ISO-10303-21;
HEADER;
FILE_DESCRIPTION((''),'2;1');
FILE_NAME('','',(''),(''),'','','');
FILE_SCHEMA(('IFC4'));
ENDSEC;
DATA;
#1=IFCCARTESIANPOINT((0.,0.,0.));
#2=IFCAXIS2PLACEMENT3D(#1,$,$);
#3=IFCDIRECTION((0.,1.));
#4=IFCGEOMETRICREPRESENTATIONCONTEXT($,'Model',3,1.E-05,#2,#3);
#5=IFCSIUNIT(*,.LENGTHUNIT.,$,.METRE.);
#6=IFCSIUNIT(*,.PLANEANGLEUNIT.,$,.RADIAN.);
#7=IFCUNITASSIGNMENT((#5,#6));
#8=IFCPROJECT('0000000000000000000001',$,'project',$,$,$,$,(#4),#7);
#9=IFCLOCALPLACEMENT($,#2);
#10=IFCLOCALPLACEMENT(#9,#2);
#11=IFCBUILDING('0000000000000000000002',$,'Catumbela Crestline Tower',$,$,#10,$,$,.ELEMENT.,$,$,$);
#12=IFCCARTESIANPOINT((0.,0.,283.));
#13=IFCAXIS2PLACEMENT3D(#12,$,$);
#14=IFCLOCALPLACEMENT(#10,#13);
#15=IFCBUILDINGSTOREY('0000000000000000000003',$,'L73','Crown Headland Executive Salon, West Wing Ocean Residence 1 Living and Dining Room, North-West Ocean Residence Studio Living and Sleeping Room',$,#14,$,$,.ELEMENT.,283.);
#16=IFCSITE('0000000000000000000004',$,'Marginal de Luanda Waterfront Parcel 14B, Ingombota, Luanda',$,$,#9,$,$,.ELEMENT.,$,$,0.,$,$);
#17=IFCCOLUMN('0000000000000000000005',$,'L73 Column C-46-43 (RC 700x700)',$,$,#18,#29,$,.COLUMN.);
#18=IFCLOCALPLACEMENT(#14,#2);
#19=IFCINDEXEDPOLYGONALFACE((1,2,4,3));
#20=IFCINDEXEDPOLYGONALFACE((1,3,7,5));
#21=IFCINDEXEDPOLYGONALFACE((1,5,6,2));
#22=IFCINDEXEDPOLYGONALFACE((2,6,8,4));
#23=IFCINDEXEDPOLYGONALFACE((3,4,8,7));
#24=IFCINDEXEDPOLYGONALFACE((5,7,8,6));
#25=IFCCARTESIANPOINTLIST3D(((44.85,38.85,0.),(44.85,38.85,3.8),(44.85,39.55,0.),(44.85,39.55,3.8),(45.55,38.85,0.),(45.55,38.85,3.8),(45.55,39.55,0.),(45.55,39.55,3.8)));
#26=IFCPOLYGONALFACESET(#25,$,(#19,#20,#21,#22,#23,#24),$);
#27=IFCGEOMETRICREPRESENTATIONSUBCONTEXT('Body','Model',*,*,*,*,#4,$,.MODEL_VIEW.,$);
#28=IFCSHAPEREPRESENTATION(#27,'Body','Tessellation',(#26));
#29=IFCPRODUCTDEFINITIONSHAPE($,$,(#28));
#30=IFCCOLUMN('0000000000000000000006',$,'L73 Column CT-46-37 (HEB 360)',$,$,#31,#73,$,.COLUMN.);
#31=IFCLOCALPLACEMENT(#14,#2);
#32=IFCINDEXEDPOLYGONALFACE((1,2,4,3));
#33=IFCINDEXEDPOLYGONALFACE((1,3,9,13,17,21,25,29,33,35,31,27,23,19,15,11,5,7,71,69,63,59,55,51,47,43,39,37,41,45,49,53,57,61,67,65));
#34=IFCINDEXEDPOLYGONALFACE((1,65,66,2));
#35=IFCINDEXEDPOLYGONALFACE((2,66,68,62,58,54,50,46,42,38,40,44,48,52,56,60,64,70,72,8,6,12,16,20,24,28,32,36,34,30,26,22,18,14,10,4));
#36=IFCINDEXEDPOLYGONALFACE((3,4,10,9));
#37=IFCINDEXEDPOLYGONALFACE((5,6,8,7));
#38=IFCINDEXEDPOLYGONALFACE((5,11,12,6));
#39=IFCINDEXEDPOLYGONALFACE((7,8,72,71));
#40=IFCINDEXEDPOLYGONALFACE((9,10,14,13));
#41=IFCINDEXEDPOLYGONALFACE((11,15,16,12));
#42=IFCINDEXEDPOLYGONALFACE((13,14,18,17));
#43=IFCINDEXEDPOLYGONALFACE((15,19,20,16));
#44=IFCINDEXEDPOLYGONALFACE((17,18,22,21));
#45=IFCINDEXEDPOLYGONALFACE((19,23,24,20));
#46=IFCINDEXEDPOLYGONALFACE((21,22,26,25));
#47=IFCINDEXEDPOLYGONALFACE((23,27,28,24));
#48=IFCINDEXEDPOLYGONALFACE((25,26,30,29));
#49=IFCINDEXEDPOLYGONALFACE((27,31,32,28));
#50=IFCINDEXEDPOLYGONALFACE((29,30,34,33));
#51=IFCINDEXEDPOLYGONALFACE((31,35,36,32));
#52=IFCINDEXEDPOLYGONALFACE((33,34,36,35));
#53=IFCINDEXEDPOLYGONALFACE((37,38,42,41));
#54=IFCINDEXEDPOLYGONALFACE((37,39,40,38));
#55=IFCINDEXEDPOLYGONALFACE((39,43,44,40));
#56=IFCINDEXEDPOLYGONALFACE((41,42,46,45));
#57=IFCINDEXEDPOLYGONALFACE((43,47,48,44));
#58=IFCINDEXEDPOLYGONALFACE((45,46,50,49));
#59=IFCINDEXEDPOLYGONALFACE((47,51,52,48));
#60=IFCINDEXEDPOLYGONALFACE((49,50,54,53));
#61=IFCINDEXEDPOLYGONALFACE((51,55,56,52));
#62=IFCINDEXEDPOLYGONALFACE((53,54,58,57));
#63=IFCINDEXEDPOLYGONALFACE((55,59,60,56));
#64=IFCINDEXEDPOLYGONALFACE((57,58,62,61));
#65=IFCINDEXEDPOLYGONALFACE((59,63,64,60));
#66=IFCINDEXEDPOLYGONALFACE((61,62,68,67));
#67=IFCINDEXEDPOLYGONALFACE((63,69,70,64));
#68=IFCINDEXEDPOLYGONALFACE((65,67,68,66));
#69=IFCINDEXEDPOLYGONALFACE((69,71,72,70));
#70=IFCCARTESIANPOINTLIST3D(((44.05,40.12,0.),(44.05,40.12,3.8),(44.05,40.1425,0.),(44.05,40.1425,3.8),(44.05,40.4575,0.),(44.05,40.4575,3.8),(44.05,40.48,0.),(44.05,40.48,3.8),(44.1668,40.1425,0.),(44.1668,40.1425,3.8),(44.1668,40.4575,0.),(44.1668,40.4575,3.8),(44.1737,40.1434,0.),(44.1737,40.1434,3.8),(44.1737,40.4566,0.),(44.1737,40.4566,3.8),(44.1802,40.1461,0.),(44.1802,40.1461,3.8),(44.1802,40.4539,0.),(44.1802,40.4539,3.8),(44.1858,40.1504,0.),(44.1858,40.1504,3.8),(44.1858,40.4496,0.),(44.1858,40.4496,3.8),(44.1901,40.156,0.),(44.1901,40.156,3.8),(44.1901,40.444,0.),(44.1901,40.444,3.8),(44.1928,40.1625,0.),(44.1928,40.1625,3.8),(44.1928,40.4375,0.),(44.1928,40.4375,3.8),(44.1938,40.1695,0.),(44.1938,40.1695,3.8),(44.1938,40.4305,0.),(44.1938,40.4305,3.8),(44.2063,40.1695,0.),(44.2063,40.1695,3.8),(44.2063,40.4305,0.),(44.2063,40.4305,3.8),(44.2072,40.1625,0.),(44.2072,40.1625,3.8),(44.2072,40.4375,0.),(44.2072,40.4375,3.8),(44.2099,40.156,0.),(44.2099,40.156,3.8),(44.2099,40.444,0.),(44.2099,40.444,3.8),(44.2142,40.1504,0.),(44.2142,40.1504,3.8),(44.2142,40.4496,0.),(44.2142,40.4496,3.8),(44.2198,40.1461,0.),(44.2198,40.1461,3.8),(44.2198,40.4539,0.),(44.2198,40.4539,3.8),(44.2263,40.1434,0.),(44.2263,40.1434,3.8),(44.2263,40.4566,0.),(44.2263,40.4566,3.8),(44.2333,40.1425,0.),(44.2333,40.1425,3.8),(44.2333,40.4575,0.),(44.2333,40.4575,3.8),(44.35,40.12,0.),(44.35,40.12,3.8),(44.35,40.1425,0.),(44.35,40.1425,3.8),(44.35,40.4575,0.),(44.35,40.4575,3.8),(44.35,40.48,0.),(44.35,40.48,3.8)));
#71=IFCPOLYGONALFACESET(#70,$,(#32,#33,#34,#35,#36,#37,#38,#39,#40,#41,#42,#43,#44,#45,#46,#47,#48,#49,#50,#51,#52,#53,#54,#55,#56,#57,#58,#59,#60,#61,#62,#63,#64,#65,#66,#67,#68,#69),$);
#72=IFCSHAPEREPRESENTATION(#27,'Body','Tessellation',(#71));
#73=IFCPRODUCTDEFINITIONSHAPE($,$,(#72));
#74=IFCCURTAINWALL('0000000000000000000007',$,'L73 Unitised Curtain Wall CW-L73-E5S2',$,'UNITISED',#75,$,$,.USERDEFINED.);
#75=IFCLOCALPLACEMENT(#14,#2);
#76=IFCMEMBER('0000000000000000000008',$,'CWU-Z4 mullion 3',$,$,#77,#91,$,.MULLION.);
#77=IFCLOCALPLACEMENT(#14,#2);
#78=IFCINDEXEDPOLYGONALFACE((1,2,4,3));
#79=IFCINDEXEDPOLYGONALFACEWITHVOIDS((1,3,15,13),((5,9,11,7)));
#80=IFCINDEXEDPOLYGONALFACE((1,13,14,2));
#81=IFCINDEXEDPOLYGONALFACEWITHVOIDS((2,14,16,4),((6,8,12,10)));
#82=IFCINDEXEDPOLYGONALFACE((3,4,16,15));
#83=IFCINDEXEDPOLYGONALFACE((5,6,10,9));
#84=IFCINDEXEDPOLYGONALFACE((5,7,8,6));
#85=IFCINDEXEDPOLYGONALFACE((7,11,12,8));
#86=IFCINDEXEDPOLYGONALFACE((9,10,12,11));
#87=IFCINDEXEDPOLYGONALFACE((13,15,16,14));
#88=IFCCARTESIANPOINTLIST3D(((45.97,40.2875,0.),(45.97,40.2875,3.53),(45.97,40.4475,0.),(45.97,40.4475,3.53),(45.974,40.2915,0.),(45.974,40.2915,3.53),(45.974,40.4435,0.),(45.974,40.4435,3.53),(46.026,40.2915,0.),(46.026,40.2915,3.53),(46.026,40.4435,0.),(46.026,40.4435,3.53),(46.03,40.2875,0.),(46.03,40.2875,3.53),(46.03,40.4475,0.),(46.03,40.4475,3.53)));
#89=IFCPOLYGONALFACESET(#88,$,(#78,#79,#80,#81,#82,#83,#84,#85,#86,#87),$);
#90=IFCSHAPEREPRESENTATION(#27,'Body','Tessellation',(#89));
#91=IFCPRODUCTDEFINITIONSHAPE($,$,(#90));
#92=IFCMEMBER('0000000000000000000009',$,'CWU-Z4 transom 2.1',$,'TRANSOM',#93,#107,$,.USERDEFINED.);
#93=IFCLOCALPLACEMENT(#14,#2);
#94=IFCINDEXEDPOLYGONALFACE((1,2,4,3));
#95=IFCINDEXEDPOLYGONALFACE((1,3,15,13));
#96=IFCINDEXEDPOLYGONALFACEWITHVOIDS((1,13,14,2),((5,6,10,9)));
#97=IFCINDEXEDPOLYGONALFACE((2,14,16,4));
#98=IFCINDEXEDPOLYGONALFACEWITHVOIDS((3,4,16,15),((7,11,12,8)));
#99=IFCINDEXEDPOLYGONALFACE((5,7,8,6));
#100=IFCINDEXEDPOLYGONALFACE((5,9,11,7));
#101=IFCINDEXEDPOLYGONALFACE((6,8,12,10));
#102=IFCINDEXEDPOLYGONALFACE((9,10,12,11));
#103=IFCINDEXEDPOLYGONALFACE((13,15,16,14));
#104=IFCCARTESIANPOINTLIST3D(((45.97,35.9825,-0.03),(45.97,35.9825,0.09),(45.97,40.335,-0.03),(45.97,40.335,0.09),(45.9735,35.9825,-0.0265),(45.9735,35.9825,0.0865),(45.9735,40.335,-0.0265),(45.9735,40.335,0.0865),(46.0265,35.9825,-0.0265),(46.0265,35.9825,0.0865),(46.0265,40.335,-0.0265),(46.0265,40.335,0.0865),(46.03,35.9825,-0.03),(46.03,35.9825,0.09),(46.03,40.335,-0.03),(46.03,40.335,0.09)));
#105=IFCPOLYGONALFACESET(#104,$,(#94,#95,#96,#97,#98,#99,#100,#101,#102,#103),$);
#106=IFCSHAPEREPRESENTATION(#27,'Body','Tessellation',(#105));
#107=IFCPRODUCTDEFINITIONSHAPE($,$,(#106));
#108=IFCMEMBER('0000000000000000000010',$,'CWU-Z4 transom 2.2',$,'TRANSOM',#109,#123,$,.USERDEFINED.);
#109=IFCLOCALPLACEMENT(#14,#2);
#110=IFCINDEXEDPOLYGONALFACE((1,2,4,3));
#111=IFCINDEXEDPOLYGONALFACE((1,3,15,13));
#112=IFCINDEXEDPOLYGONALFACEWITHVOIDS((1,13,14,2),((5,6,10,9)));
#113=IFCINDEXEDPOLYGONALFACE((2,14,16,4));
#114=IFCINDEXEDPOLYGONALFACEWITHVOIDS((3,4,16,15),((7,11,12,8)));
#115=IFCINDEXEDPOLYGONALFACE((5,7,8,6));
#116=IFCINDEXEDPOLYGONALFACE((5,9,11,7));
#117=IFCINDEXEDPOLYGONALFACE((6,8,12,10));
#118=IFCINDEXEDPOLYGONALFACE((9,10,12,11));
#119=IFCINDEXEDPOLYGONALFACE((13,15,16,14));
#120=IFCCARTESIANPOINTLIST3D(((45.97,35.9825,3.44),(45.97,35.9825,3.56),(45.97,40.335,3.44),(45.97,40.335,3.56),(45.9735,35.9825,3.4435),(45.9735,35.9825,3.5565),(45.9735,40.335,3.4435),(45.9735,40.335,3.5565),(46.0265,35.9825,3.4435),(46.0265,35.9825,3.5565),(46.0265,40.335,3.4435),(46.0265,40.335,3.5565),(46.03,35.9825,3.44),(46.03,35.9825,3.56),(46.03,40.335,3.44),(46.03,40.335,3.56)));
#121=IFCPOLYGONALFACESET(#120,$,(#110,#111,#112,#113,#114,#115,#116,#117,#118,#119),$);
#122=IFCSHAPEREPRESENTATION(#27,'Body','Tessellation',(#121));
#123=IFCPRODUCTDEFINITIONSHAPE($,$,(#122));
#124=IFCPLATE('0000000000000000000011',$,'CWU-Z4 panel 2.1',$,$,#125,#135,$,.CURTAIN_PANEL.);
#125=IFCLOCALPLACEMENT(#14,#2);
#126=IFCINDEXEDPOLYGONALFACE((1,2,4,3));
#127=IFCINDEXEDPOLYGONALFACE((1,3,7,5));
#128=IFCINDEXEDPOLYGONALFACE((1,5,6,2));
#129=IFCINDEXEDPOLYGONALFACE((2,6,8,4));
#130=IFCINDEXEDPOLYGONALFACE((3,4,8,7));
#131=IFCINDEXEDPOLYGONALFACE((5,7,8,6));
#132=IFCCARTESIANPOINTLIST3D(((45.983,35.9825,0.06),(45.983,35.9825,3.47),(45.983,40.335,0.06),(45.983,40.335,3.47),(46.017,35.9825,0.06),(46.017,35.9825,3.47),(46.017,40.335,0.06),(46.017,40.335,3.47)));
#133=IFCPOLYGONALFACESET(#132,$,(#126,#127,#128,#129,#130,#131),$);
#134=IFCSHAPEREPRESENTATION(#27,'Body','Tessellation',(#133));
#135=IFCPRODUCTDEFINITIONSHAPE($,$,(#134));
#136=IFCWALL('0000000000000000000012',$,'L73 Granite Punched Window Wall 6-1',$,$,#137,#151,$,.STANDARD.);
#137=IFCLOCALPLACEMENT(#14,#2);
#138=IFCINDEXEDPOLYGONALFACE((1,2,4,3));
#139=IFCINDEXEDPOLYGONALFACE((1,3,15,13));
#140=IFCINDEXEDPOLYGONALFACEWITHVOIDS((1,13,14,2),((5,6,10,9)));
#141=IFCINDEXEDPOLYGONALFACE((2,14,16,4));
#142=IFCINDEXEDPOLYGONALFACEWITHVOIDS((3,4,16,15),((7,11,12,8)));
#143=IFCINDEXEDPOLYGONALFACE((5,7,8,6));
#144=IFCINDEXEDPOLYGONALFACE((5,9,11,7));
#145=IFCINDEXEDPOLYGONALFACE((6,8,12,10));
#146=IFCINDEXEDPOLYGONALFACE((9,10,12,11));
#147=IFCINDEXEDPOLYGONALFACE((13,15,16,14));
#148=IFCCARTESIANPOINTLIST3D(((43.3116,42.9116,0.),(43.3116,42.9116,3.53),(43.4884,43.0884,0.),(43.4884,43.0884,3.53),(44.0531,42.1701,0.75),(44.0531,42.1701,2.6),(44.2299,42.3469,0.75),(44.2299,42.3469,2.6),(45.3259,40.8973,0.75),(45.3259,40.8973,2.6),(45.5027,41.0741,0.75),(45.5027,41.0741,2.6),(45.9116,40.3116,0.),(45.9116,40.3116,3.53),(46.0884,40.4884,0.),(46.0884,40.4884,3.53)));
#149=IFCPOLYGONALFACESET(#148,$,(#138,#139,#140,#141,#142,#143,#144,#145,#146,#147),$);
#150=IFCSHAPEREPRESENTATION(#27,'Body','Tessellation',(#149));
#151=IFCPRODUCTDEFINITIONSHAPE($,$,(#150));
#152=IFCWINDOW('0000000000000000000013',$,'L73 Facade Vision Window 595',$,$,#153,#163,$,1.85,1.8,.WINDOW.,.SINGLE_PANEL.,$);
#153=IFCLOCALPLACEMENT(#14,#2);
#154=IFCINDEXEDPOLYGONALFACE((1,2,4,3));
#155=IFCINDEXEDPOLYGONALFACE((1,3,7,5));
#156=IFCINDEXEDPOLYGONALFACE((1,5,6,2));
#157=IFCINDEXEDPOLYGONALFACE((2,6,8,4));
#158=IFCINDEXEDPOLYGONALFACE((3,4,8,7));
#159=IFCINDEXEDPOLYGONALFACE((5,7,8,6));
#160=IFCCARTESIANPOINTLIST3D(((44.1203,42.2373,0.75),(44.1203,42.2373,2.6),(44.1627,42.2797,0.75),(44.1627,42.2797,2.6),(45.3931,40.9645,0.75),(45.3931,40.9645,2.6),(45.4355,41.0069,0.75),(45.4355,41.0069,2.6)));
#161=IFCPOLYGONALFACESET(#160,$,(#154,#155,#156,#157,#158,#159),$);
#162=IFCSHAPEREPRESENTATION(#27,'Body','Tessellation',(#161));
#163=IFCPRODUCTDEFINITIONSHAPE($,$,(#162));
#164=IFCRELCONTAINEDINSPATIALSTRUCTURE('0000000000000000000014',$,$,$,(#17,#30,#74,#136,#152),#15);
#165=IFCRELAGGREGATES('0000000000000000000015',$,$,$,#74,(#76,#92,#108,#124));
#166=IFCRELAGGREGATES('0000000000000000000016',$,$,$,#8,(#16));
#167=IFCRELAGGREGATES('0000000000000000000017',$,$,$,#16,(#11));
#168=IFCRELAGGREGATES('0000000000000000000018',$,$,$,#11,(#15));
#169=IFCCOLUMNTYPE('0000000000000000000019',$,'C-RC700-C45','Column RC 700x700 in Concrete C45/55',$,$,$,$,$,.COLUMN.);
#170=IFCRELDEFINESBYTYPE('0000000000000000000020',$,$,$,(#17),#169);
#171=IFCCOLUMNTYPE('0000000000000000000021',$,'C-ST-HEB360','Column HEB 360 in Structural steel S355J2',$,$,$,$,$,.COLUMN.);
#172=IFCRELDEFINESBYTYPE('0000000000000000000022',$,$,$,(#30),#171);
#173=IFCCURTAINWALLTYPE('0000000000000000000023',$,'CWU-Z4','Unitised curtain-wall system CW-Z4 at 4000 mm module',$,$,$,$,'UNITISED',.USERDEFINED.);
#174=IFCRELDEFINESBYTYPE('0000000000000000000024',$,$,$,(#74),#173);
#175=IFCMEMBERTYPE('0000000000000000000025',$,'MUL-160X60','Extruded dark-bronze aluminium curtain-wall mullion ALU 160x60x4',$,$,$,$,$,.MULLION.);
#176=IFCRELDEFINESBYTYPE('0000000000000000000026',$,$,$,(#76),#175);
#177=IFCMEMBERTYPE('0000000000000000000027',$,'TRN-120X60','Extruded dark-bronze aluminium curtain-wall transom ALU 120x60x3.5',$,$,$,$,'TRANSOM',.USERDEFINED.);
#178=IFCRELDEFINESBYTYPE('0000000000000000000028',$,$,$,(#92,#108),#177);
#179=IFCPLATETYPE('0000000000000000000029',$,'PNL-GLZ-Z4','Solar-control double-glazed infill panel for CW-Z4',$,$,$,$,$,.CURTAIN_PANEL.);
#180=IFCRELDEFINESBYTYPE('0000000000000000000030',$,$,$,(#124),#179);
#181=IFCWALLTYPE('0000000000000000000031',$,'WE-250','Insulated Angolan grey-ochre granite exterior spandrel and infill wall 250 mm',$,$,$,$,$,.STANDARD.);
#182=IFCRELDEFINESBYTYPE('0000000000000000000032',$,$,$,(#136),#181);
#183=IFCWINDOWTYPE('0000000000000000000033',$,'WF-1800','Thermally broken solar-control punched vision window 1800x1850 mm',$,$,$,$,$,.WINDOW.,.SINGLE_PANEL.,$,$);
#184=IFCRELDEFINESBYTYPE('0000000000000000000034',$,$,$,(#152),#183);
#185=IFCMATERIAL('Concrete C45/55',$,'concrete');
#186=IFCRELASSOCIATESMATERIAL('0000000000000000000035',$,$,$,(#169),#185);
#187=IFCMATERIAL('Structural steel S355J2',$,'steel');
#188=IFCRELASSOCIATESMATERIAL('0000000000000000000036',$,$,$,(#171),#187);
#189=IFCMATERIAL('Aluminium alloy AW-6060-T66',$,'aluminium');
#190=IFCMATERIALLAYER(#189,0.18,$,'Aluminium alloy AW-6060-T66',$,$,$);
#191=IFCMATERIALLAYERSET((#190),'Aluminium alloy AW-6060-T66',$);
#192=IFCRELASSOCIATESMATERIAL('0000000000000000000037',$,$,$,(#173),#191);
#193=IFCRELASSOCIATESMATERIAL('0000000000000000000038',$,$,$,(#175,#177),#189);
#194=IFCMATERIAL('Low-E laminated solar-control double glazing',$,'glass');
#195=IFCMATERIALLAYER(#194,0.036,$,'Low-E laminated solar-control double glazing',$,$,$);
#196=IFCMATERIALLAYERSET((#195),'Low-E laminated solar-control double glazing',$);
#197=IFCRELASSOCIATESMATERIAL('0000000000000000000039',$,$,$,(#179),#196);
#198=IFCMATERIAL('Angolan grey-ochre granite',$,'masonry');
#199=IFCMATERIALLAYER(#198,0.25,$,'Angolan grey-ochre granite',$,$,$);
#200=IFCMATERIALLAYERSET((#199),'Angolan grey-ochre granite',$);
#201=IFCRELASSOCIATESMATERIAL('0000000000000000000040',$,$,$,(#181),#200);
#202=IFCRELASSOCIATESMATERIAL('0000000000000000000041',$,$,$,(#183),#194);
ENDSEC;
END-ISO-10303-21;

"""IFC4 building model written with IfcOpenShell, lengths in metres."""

from ifc_helpers import new_model, si_unit, direction, frame, frame_2d, origin, origin_2d, place, context, subcontext, project, spatial, rectangle, hollow_rectangle, i_section, extrude, material, layer, layer_set, material_profile, profile_set, type_object, element, fill, aggregate, save


model = new_model("IFC4")

# Units and contexts
model_context = context("Model", 3, precision=1e-05, world=origin(), true_north=direction((0.0, 1.0)))
body_context = subcontext(model_context, "Body", "Model", "MODEL_VIEW")
ifc_project = project(units=[si_unit("LENGTHUNIT", "METRE"), si_unit("PLANEANGLEUNIT", "RADIAN")], contexts=[model_context])

# Site, building, storey
site_placement = place(None, origin())
site = spatial("IfcSite", under=ifc_project, at=site_placement, Name="Marginal de Luanda Waterfront Parcel 14B, Ingombota, Luanda", CompositionType="ELEMENT", RefElevation=0.0)
building_placement = place(site_placement, origin())
building = spatial("IfcBuilding", under=site, at=building_placement, Name="Catumbela Crestline Tower", CompositionType="ELEMENT")
storey_placement = place(building_placement, frame((0.0, 0.0, 283.0)))
storey = spatial("IfcBuildingStorey", under=building, at=storey_placement, Name="L73", Description="Crown Headland Executive Salon, West Wing Ocean Residence 1 Living and Dining Room, North-West Ocean Residence Studio Living and Sleeping Room", CompositionType="ELEMENT", Elevation=283.0)

# Columns
ifc_material_1 = material(Name="Concrete C45/55", Category="concrete")
ifc_material_profile_1 = material_profile(ifc_material_1, rectangle(XDim=0.7, YDim=0.7, at=origin_2d()), Name="RC 700x700")
ifc_profile_set_1 = profile_set([ifc_material_profile_1], Name="Concrete C45/55")
column_type_1 = type_object("IfcColumnType", Name="C-RC700-C45", Description="Column RC 700x700 in Concrete C45/55", PredefinedType="COLUMN", material=ifc_profile_set_1)
column_1_placement = place(storey_placement, frame((45.2, 39.2, 0.0), z_axis=(0.0, 0.0, 1.0), x_axis=(1.0, 0.0, 0.0)))
element("IfcColumn", 1, at=column_1_placement, inside=storey, type_object=column_type_1, Name="L73 Column C-46-43 (RC 700x700)", PredefinedType="COLUMN", context=body_context, shape_type="SweptSolid", body=[
    extrude(rectangle(XDim=0.7, YDim=0.7, at=origin_2d()), origin(), (0.0, 0.0, 1.0), 3.8),
])
ifc_material_2 = material(Name="Structural steel S355J2", Category="steel")
ifc_material_profile_2 = material_profile(ifc_material_2, i_section(OverallWidth=0.3, OverallDepth=0.36, WebThickness=0.0125, FlangeThickness=0.0225, FilletRadius=0.027, at=origin_2d()), Name="HEB 360")
ifc_profile_set_2 = profile_set([ifc_material_profile_2], Name="Structural steel S355J2")
column_type_2 = type_object("IfcColumnType", Name="C-ST-HEB360", Description="Column HEB 360 in Structural steel S355J2", PredefinedType="COLUMN", material=ifc_profile_set_2)
column_2_placement = place(storey_placement, frame((44.2, 40.3, 0.0), z_axis=(0.0, 0.0, 1.0), x_axis=(1.0, 0.0, 0.0)))
element("IfcColumn", 2, at=column_2_placement, inside=storey, type_object=column_type_2, Name="L73 Column CT-46-37 (HEB 360)", PredefinedType="COLUMN", context=body_context, shape_type="SweptSolid", body=[
    extrude(i_section(OverallWidth=0.3, OverallDepth=0.36, WebThickness=0.0125, FlangeThickness=0.0225, FilletRadius=0.027, at=origin_2d()), origin(), (0.0, 0.0, 1.0), 3.8),
])

# Curtain wall, members, plate
ifc_material_3 = material(Name="Aluminium alloy AW-6060-T66", Category="aluminium")
ifc_layer_1 = layer(ifc_material_3, 0.18, Name="Aluminium alloy AW-6060-T66")
ifc_layer_set_1 = layer_set([ifc_layer_1], Name="Aluminium alloy AW-6060-T66")
curtain_wall_type = type_object("IfcCurtainWallType", Name="CWU-Z4", Description="Unitised curtain-wall system CW-Z4 at 4000 mm module", ElementType="UNITISED", PredefinedType="USERDEFINED", material=ifc_layer_set_1)
curtain_wall_placement = place(storey_placement, origin())
curtain_wall = element("IfcCurtainWall", 3, at=curtain_wall_placement, inside=storey, type_object=curtain_wall_type, Name="L73 Unitised Curtain Wall CW-L73-E5S2", ObjectType="UNITISED", PredefinedType="USERDEFINED")
ifc_material_profile_3 = material_profile(ifc_material_3, hollow_rectangle(XDim=0.06, YDim=0.16, WallThickness=0.004, at=origin_2d()), Name="ALU 160x60x4")
ifc_profile_set_3 = profile_set([ifc_material_profile_3], Name="Aluminium alloy AW-6060-T66")
member_type_1 = type_object("IfcMemberType", Name="MUL-160X60", Description="Extruded dark-bronze aluminium curtain-wall mullion ALU 160x60x4", PredefinedType="MULLION", material=ifc_profile_set_3)
member_1_placement = place(storey_placement, frame((46.0, 40.3675, 0.0), z_axis=(0.0, 0.0, 1.0), x_axis=(-1.0, 0.0, 0.0)))
member_1 = element("IfcMember", 4, at=member_1_placement, type_object=member_type_1, Name="CWU-Z4 mullion 3", PredefinedType="MULLION", context=body_context, shape_type="SweptSolid", body=[
    extrude(hollow_rectangle(XDim=0.06, YDim=0.16, WallThickness=0.004, at=origin_2d()), origin(), (0.0, 0.0, 1.0), 3.53),
])
ifc_material_profile_4 = material_profile(ifc_material_3, hollow_rectangle(XDim=0.06, YDim=0.12, WallThickness=0.0035, at=origin_2d()), Name="ALU 120x60x3.5")
ifc_profile_set_4 = profile_set([ifc_material_profile_4], Name="Aluminium alloy AW-6060-T66")
member_type_2 = type_object("IfcMemberType", Name="TRN-120X60", Description="Extruded dark-bronze aluminium curtain-wall transom ALU 120x60x3.5", ElementType="TRANSOM", PredefinedType="USERDEFINED", material=ifc_profile_set_4)
member_2_placement = place(storey_placement, frame((46.0, 35.9825, 0.03), z_axis=(0.0, 1.0, 0.0), x_axis=(-1.0, 0.0, 0.0)))
member_2 = element("IfcMember", 5, at=member_2_placement, type_object=member_type_2, Name="CWU-Z4 transom 2.1", ObjectType="TRANSOM", PredefinedType="USERDEFINED", context=body_context, shape_type="SweptSolid", body=[
    extrude(hollow_rectangle(XDim=0.06, YDim=0.12, WallThickness=0.0035, at=origin_2d()), origin(), (0.0, 0.0, 1.0), 4.3525),
])
member_3_placement = place(storey_placement, frame((46.0, 35.9825, 3.5), z_axis=(0.0, 1.0, 0.0), x_axis=(-1.0, 0.0, 0.0)))
member_3 = element("IfcMember", 6, at=member_3_placement, type_object=member_type_2, Name="CWU-Z4 transom 2.2", ObjectType="TRANSOM", PredefinedType="USERDEFINED", context=body_context, shape_type="SweptSolid", body=[
    extrude(hollow_rectangle(XDim=0.06, YDim=0.12, WallThickness=0.0035, at=origin_2d()), origin(), (0.0, 0.0, 1.0), 4.3525),
])
ifc_material_4 = material(Name="Low-E laminated solar-control double glazing", Category="glass")
ifc_layer_2 = layer(ifc_material_4, 0.036, Name="Low-E laminated solar-control double glazing")
ifc_layer_set_2 = layer_set([ifc_layer_2], Name="Low-E laminated solar-control double glazing")
plate_type = type_object("IfcPlateType", Name="PNL-GLZ-Z4", Description="Solar-control double-glazed infill panel for CW-Z4", PredefinedType="CURTAIN_PANEL", material=ifc_layer_set_2)
plate_placement = place(storey_placement, frame((46.0, 38.1588, 0.06), z_axis=(0.0, 0.0, 1.0), x_axis=(0.0, 1.0, 0.0)))
plate = element("IfcPlate", 7, at=plate_placement, type_object=plate_type, Name="CWU-Z4 panel 2.1", PredefinedType="CURTAIN_PANEL", context=body_context, shape_type="SweptSolid", body=[
    extrude(rectangle(XDim=4.3525, YDim=0.034, at=origin_2d()), origin(), (0.0, 0.0, 1.0), 3.41),
])
aggregate(curtain_wall, [member_1, member_2, member_3, plate])

# Wall, opening, window
ifc_material_5 = material(Name="Angolan grey-ochre granite", Category="masonry")
ifc_layer_3 = layer(ifc_material_5, 0.25, Name="Angolan grey-ochre granite")
ifc_layer_set_3 = layer_set([ifc_layer_3], Name="Angolan grey-ochre granite")
wall_type_1 = type_object("IfcWallType", Name="WE-250", Description="Insulated Angolan grey-ochre granite exterior spandrel and infill wall 250 mm", PredefinedType="STANDARD", material=ifc_layer_set_3)
wall_1_placement = place(storey_placement, frame((46.0, 40.4, 0.0), z_axis=(0.0, 0.0, 1.0), x_axis=(-0.707107, 0.707107, 0.0)))
wall_1 = element("IfcWall", 8, at=wall_1_placement, inside=storey, type_object=wall_type_1, Name="L73 Granite Punched Window Wall 6-1", PredefinedType="STANDARD", context=body_context, shape_type="SweptSolid", body=[
    extrude(rectangle(XDim=3.677, YDim=0.25, at=frame_2d((1.8385, 0.0))), origin(), (0.0, 0.0, 1.0), 3.53),
])
opening_1_placement = place(wall_1_placement, frame((0.8283, 0.0, 0.75)))
opening_1 = element("IfcOpeningElement", 9, at=opening_1_placement, cuts=wall_1, PredefinedType="OPENING", context=body_context, shape_type="SweptSolid", body=[
    extrude(rectangle(XDim=1.8, YDim=1.85, at=frame_2d((0.9, 0.925))), frame((0.0, 0.135, 0.0), z_axis=(0.0, -1.0, 0.0), x_axis=(1.0, 0.0, 0.0)), (0.0, 0.0, 1.0), 0.27),
])
window_type_1 = type_object("IfcWindowType", Name="WF-1800", Description="Thermally broken solar-control punched vision window 1800x1850 mm", PartitioningType="SINGLE_PANEL", PredefinedType="WINDOW", material=ifc_material_4)
window_1_placement = place(opening_1_placement, origin())
window_1 = element("IfcWindow", 10, at=window_1_placement, inside=storey, type_object=window_type_1, Name="L73 Facade Vision Window 595", OverallHeight=1.85, OverallWidth=1.8, PartitioningType="SINGLE_PANEL", PredefinedType="WINDOW", context=body_context, shape_type="SweptSolid", body=[
    extrude(rectangle(XDim=1.8, YDim=1.85, at=frame_2d((0.9, 0.925))), frame((0.0, 0.03, 0.0), z_axis=(0.0, -1.0, 0.0), x_axis=(1.0, 0.0, 0.0)), (0.0, 0.0, 1.0), 0.06),
])
fill(opening_1, window_1)

save(model, "model.ifc")
